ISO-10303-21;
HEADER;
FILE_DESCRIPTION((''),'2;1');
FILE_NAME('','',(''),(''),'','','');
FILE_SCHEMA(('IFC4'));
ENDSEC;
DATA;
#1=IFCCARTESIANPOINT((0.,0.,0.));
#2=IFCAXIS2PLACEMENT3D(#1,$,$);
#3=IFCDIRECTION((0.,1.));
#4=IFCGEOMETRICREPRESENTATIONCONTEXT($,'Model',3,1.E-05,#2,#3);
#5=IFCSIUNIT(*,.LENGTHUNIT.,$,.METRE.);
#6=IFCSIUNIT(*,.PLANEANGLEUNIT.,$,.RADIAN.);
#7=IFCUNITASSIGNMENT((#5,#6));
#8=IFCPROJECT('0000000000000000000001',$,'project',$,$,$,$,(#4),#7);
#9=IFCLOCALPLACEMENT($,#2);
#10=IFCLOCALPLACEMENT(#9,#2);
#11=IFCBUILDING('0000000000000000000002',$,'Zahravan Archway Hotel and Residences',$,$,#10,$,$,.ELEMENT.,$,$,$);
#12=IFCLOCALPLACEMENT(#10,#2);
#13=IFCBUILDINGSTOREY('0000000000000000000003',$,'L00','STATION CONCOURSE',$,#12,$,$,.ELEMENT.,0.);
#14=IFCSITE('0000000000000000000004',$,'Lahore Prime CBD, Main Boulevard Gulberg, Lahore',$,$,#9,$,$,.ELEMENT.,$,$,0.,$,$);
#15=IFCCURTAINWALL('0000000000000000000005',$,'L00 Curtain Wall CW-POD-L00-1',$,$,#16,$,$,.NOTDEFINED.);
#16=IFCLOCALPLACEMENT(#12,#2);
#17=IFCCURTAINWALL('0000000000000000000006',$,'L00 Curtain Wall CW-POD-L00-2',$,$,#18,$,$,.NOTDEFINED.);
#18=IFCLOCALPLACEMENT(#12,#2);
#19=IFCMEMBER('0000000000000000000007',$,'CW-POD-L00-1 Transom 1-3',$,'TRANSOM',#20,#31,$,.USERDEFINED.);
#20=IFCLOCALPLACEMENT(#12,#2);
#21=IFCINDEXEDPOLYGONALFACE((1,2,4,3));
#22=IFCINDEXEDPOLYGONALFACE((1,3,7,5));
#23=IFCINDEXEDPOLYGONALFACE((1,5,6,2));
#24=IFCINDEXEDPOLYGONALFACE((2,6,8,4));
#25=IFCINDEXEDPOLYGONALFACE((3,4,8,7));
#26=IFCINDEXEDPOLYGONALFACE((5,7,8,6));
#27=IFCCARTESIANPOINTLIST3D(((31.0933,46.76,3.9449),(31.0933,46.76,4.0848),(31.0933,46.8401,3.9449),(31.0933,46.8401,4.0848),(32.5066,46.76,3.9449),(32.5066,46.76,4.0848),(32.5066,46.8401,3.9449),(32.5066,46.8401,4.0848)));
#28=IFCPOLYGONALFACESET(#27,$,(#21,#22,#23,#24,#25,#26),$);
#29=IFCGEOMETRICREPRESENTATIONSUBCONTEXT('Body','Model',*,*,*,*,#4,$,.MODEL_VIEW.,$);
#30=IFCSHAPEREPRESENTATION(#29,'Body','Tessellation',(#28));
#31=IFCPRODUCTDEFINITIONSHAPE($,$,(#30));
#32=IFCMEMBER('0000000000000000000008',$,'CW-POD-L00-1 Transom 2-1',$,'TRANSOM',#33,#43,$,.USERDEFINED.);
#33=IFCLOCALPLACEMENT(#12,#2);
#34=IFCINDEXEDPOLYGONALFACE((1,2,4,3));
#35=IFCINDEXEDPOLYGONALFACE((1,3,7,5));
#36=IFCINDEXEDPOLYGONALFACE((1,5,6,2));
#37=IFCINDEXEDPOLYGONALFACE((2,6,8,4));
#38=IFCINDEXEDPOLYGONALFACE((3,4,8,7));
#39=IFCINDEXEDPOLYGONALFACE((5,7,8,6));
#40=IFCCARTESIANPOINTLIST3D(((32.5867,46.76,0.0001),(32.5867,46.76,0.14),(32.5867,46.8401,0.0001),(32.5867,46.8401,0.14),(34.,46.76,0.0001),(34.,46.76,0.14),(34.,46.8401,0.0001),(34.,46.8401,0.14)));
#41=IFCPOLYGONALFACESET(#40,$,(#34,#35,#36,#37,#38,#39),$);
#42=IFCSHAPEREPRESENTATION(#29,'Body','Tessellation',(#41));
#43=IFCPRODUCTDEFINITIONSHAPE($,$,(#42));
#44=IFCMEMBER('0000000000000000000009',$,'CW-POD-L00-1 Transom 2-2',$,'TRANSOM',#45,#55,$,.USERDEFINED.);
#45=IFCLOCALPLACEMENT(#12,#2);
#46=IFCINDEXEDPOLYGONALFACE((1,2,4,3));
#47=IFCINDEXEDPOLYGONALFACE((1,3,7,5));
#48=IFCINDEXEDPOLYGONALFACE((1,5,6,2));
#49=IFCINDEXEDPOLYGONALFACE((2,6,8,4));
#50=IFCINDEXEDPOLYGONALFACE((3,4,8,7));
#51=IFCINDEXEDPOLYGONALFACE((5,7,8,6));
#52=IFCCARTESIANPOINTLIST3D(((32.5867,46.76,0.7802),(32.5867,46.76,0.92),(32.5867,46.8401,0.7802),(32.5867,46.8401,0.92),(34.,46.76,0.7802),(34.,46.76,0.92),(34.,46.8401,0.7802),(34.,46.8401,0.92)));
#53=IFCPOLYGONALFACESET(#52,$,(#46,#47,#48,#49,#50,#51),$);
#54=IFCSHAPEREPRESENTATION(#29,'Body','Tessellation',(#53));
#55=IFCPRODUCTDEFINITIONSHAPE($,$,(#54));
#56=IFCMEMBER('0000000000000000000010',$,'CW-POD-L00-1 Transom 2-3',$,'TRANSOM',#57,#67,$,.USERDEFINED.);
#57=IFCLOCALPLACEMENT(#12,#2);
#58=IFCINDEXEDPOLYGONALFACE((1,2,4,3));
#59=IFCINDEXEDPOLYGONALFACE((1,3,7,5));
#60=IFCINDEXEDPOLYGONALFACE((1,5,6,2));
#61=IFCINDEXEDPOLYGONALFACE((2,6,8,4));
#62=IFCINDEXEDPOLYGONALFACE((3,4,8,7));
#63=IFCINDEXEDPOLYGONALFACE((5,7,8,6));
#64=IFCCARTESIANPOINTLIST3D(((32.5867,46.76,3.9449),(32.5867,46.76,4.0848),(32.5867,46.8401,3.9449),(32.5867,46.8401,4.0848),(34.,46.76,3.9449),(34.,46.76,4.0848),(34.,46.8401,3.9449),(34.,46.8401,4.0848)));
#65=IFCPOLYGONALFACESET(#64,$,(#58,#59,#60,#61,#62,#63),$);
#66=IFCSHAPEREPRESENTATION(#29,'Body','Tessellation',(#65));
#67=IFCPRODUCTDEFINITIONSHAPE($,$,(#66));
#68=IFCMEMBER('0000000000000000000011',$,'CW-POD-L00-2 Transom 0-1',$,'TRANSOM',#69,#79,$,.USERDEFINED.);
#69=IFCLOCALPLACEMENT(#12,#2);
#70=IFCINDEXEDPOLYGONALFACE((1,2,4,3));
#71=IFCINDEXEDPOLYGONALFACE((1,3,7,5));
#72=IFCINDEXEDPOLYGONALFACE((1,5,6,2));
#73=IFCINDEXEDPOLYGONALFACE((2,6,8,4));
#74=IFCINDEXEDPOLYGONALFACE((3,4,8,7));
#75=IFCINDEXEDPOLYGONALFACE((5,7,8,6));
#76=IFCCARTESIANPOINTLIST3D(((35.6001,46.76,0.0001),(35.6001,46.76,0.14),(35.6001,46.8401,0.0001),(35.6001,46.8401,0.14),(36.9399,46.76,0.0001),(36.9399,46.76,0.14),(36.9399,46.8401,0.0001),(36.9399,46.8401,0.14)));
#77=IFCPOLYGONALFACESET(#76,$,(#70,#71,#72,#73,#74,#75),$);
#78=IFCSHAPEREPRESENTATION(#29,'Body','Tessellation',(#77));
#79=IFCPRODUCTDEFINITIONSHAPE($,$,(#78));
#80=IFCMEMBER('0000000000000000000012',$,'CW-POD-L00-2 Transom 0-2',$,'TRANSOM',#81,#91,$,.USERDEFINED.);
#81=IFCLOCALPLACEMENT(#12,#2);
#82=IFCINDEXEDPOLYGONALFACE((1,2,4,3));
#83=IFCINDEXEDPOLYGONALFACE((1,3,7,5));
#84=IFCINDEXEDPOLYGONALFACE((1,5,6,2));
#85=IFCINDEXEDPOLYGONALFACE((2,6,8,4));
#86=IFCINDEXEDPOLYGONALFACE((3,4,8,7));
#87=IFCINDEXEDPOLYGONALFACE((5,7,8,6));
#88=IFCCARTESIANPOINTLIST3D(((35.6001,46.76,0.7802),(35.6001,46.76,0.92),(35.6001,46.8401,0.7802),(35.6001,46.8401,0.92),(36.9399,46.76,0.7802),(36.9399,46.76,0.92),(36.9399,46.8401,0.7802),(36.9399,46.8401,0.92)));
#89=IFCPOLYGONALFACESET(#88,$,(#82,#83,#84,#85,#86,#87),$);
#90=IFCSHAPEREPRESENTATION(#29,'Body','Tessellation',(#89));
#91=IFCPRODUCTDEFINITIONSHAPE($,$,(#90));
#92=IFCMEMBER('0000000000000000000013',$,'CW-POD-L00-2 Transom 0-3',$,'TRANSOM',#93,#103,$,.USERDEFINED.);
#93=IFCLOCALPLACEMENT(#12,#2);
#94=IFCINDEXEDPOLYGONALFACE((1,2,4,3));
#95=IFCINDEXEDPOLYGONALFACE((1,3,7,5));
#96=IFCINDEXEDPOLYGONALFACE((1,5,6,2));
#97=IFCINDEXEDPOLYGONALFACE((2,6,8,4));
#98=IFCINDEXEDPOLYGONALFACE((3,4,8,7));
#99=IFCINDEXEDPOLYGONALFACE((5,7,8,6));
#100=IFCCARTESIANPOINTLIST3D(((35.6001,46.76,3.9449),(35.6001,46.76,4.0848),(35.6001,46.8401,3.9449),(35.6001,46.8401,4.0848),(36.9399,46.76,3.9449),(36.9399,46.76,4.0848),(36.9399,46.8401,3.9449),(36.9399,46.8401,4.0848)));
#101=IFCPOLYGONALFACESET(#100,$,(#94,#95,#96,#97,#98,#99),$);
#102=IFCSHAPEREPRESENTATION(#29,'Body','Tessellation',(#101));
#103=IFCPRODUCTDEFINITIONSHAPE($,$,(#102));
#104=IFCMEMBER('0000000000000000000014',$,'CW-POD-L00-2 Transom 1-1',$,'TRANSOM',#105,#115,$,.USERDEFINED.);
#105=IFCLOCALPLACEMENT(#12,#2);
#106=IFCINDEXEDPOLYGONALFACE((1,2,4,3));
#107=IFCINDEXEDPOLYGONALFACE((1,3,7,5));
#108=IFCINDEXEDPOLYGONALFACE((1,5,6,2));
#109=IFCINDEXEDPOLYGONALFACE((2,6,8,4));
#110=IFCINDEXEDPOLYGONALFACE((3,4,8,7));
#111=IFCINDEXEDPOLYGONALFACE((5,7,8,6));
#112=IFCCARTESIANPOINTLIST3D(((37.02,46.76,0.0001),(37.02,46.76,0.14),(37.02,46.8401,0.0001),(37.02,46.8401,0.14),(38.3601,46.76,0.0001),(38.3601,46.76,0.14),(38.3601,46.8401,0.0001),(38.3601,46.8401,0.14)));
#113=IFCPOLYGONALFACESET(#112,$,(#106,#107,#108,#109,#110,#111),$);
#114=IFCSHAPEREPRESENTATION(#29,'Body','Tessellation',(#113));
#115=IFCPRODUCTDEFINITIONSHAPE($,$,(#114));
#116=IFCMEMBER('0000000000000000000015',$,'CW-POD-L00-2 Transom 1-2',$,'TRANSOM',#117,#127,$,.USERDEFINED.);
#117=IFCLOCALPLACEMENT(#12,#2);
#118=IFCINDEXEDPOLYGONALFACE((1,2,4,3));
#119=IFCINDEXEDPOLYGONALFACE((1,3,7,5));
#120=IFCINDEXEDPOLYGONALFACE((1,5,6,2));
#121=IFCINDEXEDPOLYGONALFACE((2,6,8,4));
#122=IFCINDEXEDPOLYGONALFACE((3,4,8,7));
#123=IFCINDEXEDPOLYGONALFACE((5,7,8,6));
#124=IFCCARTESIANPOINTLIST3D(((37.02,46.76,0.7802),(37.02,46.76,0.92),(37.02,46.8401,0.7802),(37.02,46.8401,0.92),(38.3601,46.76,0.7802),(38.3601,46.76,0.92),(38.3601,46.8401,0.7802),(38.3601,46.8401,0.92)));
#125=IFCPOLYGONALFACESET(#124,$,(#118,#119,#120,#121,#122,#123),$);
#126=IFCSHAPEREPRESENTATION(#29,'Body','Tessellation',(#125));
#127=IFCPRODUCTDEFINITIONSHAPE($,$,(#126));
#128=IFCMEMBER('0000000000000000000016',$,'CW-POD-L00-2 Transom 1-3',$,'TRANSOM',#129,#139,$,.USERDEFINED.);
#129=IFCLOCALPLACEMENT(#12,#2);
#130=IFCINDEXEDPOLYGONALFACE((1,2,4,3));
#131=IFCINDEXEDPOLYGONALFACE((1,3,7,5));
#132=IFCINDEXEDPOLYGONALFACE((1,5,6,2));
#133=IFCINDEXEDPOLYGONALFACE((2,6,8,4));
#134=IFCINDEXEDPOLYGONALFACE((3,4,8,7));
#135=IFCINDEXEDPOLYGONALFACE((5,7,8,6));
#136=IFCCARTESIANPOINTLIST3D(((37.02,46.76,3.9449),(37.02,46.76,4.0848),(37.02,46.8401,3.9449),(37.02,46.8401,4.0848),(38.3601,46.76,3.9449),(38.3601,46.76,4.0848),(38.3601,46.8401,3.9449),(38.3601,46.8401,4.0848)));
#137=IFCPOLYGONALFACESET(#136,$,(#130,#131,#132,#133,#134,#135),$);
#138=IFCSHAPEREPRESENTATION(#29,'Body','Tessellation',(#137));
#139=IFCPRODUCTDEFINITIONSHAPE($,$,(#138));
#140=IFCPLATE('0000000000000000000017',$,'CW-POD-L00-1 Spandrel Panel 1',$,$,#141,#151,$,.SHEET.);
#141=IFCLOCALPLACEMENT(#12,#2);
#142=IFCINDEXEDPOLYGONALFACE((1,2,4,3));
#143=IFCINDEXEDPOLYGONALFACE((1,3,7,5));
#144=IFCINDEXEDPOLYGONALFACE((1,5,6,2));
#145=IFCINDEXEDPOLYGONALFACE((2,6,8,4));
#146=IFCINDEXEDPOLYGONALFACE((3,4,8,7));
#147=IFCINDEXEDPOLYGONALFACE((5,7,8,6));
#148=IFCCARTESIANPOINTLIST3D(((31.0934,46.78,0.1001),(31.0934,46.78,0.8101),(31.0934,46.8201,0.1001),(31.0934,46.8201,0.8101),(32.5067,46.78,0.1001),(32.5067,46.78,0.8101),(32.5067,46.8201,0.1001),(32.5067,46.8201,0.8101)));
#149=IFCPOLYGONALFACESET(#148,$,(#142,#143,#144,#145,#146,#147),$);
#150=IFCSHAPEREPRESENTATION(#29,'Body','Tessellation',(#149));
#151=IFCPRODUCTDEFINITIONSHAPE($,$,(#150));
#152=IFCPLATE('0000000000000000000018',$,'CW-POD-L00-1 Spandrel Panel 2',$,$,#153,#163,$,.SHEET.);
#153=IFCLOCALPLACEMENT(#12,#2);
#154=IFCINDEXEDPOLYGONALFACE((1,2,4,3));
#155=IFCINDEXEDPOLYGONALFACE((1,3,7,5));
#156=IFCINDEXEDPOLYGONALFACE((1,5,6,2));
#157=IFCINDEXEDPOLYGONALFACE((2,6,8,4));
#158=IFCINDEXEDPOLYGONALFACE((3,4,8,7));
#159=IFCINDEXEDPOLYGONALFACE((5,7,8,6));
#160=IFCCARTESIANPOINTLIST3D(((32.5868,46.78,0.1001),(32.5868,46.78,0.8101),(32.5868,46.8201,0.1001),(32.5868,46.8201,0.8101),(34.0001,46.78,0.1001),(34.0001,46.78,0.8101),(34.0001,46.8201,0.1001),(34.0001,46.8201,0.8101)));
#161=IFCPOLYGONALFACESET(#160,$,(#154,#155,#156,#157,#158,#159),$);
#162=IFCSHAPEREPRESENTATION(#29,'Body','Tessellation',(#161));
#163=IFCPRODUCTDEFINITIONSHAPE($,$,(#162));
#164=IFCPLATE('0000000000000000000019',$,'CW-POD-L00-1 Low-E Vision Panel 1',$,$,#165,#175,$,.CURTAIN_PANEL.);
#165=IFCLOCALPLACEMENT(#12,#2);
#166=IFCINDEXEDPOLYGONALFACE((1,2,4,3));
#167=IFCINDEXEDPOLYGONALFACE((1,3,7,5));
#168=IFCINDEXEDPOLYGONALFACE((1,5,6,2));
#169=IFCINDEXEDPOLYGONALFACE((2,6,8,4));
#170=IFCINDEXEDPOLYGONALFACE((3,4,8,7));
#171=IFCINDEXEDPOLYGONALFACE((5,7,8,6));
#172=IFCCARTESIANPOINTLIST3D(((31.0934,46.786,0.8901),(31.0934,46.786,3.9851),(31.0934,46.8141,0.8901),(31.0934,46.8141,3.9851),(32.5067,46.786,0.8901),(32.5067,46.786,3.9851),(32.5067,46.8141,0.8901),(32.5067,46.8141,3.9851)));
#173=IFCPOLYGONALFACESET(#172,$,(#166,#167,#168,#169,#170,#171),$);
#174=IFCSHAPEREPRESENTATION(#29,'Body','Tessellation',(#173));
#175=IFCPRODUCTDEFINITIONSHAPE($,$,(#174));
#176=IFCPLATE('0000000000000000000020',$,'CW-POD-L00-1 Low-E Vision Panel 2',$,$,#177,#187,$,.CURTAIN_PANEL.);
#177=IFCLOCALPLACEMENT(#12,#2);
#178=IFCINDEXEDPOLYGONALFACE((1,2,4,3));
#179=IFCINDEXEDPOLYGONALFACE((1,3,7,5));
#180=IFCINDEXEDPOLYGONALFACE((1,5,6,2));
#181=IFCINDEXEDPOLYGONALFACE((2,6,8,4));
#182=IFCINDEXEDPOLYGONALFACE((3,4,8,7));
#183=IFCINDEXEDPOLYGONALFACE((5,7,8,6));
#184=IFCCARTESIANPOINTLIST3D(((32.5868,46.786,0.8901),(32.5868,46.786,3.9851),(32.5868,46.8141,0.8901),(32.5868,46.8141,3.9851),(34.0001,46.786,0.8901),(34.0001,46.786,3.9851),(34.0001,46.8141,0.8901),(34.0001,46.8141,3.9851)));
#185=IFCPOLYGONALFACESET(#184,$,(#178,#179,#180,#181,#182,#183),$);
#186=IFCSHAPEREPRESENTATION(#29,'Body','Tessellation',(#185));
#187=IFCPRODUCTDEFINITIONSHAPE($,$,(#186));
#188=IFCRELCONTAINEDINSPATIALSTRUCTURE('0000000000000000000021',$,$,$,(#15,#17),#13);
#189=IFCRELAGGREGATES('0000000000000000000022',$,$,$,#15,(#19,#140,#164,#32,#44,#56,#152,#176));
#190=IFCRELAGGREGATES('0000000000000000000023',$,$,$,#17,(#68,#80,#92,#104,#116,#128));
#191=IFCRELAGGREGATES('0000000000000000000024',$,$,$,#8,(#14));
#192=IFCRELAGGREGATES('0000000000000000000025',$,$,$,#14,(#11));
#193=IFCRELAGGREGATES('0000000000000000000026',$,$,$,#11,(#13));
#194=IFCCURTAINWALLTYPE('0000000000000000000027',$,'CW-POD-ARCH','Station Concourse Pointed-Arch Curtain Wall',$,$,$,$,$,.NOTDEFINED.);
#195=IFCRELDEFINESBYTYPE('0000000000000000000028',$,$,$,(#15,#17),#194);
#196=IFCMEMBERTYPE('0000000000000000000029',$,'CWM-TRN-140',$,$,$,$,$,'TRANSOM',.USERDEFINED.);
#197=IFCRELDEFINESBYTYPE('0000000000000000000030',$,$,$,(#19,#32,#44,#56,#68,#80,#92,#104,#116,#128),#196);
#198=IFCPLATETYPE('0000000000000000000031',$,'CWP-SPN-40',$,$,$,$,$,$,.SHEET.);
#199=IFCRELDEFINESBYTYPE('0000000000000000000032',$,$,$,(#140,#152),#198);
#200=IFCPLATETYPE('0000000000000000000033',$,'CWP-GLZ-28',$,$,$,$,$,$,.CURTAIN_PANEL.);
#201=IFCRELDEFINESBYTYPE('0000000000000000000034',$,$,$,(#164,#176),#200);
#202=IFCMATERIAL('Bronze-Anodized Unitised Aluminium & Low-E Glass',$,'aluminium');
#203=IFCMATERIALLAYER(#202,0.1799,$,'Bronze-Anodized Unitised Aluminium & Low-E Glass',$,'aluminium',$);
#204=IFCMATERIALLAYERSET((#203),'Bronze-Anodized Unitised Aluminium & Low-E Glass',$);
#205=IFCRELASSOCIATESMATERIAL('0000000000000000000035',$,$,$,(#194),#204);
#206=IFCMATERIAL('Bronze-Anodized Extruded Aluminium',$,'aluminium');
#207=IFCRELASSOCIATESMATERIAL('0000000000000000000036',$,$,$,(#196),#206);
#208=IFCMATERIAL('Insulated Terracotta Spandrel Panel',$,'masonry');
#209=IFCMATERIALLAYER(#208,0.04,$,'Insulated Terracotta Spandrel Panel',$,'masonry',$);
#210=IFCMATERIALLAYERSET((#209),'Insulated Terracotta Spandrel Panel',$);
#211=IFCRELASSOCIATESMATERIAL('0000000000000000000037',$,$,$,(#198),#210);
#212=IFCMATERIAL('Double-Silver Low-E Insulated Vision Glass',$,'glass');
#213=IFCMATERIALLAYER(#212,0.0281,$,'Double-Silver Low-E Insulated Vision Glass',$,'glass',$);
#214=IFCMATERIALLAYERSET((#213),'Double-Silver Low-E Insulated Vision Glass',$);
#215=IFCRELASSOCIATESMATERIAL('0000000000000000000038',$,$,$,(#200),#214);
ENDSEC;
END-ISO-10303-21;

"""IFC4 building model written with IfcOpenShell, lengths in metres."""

from ifc_helpers import new_model, si_unit, direction, frame, origin, origin_2d, place, context, subcontext, project, spatial, rectangle, extrude, source, transform, mapped, material, layer, layer_set, material_profile, profile_set, type_object, type_shapes, element, aggregate, save


model = new_model("IFC4")

# Units and contexts
model_context = context("Model", 3, precision=1e-05, world=origin(), true_north=direction((0.0, 1.0)))
body_context = subcontext(model_context, "Body", "Model", "MODEL_VIEW")
ifc_project = project(units=[si_unit("LENGTHUNIT", "METRE"), si_unit("PLANEANGLEUNIT", "RADIAN")], contexts=[model_context])

# Site, building, storey
site_placement = place(None, origin())
site = spatial("IfcSite", under=ifc_project, at=site_placement, Name="Lahore Prime CBD, Main Boulevard Gulberg, Lahore", CompositionType="ELEMENT", RefElevation=0.0)
building_placement = place(site_placement, origin())
building = spatial("IfcBuilding", under=site, at=building_placement, Name="Zahravan Archway Hotel and Residences", CompositionType="ELEMENT")
storey_placement = place(building_placement, origin())
storey = spatial("IfcBuildingStorey", under=building, at=storey_placement, Name="L00", Description="STATION CONCOURSE", CompositionType="ELEMENT", Elevation=0.0)

# Curtain walls
ifc_material_1 = material(Name="Bronze-Anodized Unitised Aluminium & Low-E Glass", Category="aluminium")
ifc_layer_1 = layer(ifc_material_1, 0.1799, Name="Bronze-Anodized Unitised Aluminium & Low-E Glass", Category="aluminium")
ifc_layer_set_1 = layer_set([ifc_layer_1], Name="Bronze-Anodized Unitised Aluminium & Low-E Glass")
curtain_wall_type = type_object("IfcCurtainWallType", Name="CW-POD-ARCH", Description="Station Concourse Pointed-Arch Curtain Wall", PredefinedType="NOTDEFINED", material=ifc_layer_set_1)
curtain_wall_1_placement = place(storey_placement, origin())
curtain_wall_1 = element("IfcCurtainWall", 1, at=curtain_wall_1_placement, inside=storey, type_object=curtain_wall_type, Name="L00 Curtain Wall CW-POD-L00-1", PredefinedType="NOTDEFINED")
ifc_material_2 = material(Name="Bronze-Anodized Extruded Aluminium", Category="aluminium")
curtain_wall_2_placement = place(storey_placement, origin())
curtain_wall_2 = element("IfcCurtainWall", 2, at=curtain_wall_2_placement, inside=storey, type_object=curtain_wall_type, Name="L00 Curtain Wall CW-POD-L00-2", PredefinedType="NOTDEFINED")

# Members
ifc_material_profile_1 = material_profile(ifc_material_2, rectangle(XDim=0.0801, YDim=0.1399, at=origin_2d()), Name="TRN 80x140", Category="aluminium")
ifc_profile_set_1 = profile_set([ifc_material_profile_1], Name="Bronze-Anodized Extruded Aluminium")
member_type_1 = type_object("IfcMemberType", Name="CWM-TRN-140", ElementType="TRANSOM", PredefinedType="USERDEFINED", material=ifc_profile_set_1)
shared_shape_1 = source(origin(), body_context, "Body", "SweptSolid", [
    extrude(rectangle(XDim=0.0801, YDim=0.1399, at=origin_2d()), origin(), (0.0, 0.0, 1.0), 1.4133),
])
member_1_placement = place(storey_placement, frame((31.0933, 46.8, 4.0149), z_axis=(1.0, 0.0, 0.0), x_axis=(0.0, 1.0, 0.0)))
member_1 = element("IfcMember", 3, at=member_1_placement, type_object=member_type_1, Name="CW-POD-L00-1 Transom 1-3", ObjectType="TRANSOM", PredefinedType="USERDEFINED", context=body_context, shape_type="MappedRepresentation", body=[
    mapped(shared_shape_1, transform((0.0, 0.0, 0.0), scale=1.0)),
])
member_2_placement = place(storey_placement, frame((32.5867, 46.8, 0.0701), z_axis=(1.0, 0.0, 0.0), x_axis=(0.0, 1.0, 0.0)))
member_2 = element("IfcMember", 4, at=member_2_placement, type_object=member_type_1, Name="CW-POD-L00-1 Transom 2-1", ObjectType="TRANSOM", PredefinedType="USERDEFINED", context=body_context, shape_type="MappedRepresentation", body=[
    mapped(shared_shape_1, transform((0.0, 0.0, 0.0), scale=1.0)),
])
member_3_placement = place(storey_placement, frame((32.5867, 46.8, 0.8501), z_axis=(1.0, 0.0, 0.0), x_axis=(0.0, 1.0, 0.0)))
member_3 = element("IfcMember", 5, at=member_3_placement, type_object=member_type_1, Name="CW-POD-L00-1 Transom 2-2", ObjectType="TRANSOM", PredefinedType="USERDEFINED", context=body_context, shape_type="MappedRepresentation", body=[
    mapped(shared_shape_1, transform((0.0, 0.0, 0.0), scale=1.0)),
])
member_4_placement = place(storey_placement, frame((32.5867, 46.8, 4.0149), z_axis=(1.0, 0.0, 0.0), x_axis=(0.0, 1.0, 0.0)))
member_4 = element("IfcMember", 6, at=member_4_placement, type_object=member_type_1, Name="CW-POD-L00-1 Transom 2-3", ObjectType="TRANSOM", PredefinedType="USERDEFINED", context=body_context, shape_type="MappedRepresentation", body=[
    mapped(shared_shape_1, transform((0.0, 0.0, 0.0), scale=1.0)),
])
shared_shape_2 = source(origin(), body_context, "Body", "SweptSolid", [
    extrude(rectangle(XDim=0.0801, YDim=0.1399, at=origin_2d()), origin(), (0.0, 0.0, 1.0), 1.3398),
])
member_5_placement = place(storey_placement, frame((35.6001, 46.8, 0.0701), z_axis=(1.0, 0.0, 0.0), x_axis=(0.0, 1.0, 0.0)))
member_5 = element("IfcMember", 7, at=member_5_placement, type_object=member_type_1, Name="CW-POD-L00-2 Transom 0-1", ObjectType="TRANSOM", PredefinedType="USERDEFINED", context=body_context, shape_type="MappedRepresentation", body=[
    mapped(shared_shape_2, transform((0.0, 0.0, 0.0), scale=1.0)),
])
member_6_placement = place(storey_placement, frame((35.6001, 46.8, 0.8501), z_axis=(1.0, 0.0, 0.0), x_axis=(0.0, 1.0, 0.0)))
member_6 = element("IfcMember", 8, at=member_6_placement, type_object=member_type_1, Name="CW-POD-L00-2 Transom 0-2", ObjectType="TRANSOM", PredefinedType="USERDEFINED", context=body_context, shape_type="MappedRepresentation", body=[
    mapped(shared_shape_2, transform((0.0, 0.0, 0.0), scale=1.0)),
])
member_7_placement = place(storey_placement, frame((35.6001, 46.8, 4.0149), z_axis=(1.0, 0.0, 0.0), x_axis=(0.0, 1.0, 0.0)))
member_7 = element("IfcMember", 9, at=member_7_placement, type_object=member_type_1, Name="CW-POD-L00-2 Transom 0-3", ObjectType="TRANSOM", PredefinedType="USERDEFINED", context=body_context, shape_type="MappedRepresentation", body=[
    mapped(shared_shape_2, transform((0.0, 0.0, 0.0), scale=1.0)),
])
shared_shape_3 = source(origin(), body_context, "Body", "SweptSolid", [
    extrude(rectangle(XDim=0.0801, YDim=0.1399, at=origin_2d()), origin(), (0.0, 0.0, 1.0), 1.3401),
])
member_8_placement = place(storey_placement, frame((37.02, 46.8, 0.0701), z_axis=(1.0, 0.0, 0.0), x_axis=(0.0, 1.0, 0.0)))
member_8 = element("IfcMember", 10, at=member_8_placement, type_object=member_type_1, Name="CW-POD-L00-2 Transom 1-1", ObjectType="TRANSOM", PredefinedType="USERDEFINED", context=body_context, shape_type="MappedRepresentation", body=[
    mapped(shared_shape_3, transform((0.0, 0.0, 0.0), scale=1.0)),
])
member_9_placement = place(storey_placement, frame((37.02, 46.8, 0.8501), z_axis=(1.0, 0.0, 0.0), x_axis=(0.0, 1.0, 0.0)))
member_9 = element("IfcMember", 11, at=member_9_placement, type_object=member_type_1, Name="CW-POD-L00-2 Transom 1-2", ObjectType="TRANSOM", PredefinedType="USERDEFINED", context=body_context, shape_type="MappedRepresentation", body=[
    mapped(shared_shape_3, transform((0.0, 0.0, 0.0), scale=1.0)),
])
member_10_placement = place(storey_placement, frame((37.02, 46.8, 4.0149), z_axis=(1.0, 0.0, 0.0), x_axis=(0.0, 1.0, 0.0)))
member_10 = element("IfcMember", 12, at=member_10_placement, type_object=member_type_1, Name="CW-POD-L00-2 Transom 1-3", ObjectType="TRANSOM", PredefinedType="USERDEFINED", context=body_context, shape_type="MappedRepresentation", body=[
    mapped(shared_shape_3, transform((0.0, 0.0, 0.0), scale=1.0)),
])

# Plates
ifc_material_3 = material(Name="Insulated Terracotta Spandrel Panel", Category="masonry")
ifc_layer_2 = layer(ifc_material_3, 0.04, Name="Insulated Terracotta Spandrel Panel", Category="masonry")
ifc_layer_set_2 = layer_set([ifc_layer_2], Name="Insulated Terracotta Spandrel Panel")
plate_type_1 = type_object("IfcPlateType", Name="CWP-SPN-40", PredefinedType="SHEET", material=ifc_layer_set_2)
shared_shape_4 = source(origin(), body_context, "Body", "SweptSolid", [
    extrude(rectangle(XDim=1.4133, YDim=0.04, at=origin_2d()), origin(), (0.0, 0.0, 1.0), 0.71),
])
type_shapes(plate_type_1, [shared_shape_4])
plate_1_placement = place(storey_placement, frame((31.8, 46.8, 0.1001), z_axis=(0.0, 0.0, 1.0), x_axis=(1.0, 0.0, 0.0)))
plate_1 = element("IfcPlate", 13, at=plate_1_placement, type_object=plate_type_1, Name="CW-POD-L00-1 Spandrel Panel 1", PredefinedType="SHEET", context=body_context, shape_type="MappedRepresentation", body=[
    mapped(shared_shape_4, transform((0.0, 0.0, 0.0), scale=1.0)),
])
plate_2_placement = place(storey_placement, frame((33.2935, 46.8, 0.1001), z_axis=(0.0, 0.0, 1.0), x_axis=(1.0, 0.0, 0.0)))
plate_2 = element("IfcPlate", 14, at=plate_2_placement, type_object=plate_type_1, Name="CW-POD-L00-1 Spandrel Panel 2", PredefinedType="SHEET", context=body_context, shape_type="MappedRepresentation", body=[
    mapped(shared_shape_4, transform((0.0, 0.0, 0.0), scale=1.0)),
])
ifc_material_4 = material(Name="Double-Silver Low-E Insulated Vision Glass", Category="glass")
ifc_layer_3 = layer(ifc_material_4, 0.0281, Name="Double-Silver Low-E Insulated Vision Glass", Category="glass")
ifc_layer_set_3 = layer_set([ifc_layer_3], Name="Double-Silver Low-E Insulated Vision Glass")
plate_type_2 = type_object("IfcPlateType", Name="CWP-GLZ-28", PredefinedType="CURTAIN_PANEL", material=ifc_layer_set_3)
shared_shape_5 = source(origin(), body_context, "Body", "SweptSolid", [
    extrude(rectangle(XDim=1.4133, YDim=0.0281, at=origin_2d()), origin(), (0.0, 0.0, 1.0), 3.095),
])
type_shapes(plate_type_2, [shared_shape_5])
plate_3_placement = place(storey_placement, frame((31.8, 46.8, 0.8901), z_axis=(0.0, 0.0, 1.0), x_axis=(1.0, 0.0, 0.0)))
plate_3 = element("IfcPlate", 15, at=plate_3_placement, type_object=plate_type_2, Name="CW-POD-L00-1 Low-E Vision Panel 1", PredefinedType="CURTAIN_PANEL", context=body_context, shape_type="MappedRepresentation", body=[
    mapped(shared_shape_5, transform((0.0, 0.0, 0.0), scale=1.0)),
])
plate_4_placement = place(storey_placement, frame((33.2935, 46.8, 0.8901), z_axis=(0.0, 0.0, 1.0), x_axis=(1.0, 0.0, 0.0)))
plate_4 = element("IfcPlate", 16, at=plate_4_placement, type_object=plate_type_2, Name="CW-POD-L00-1 Low-E Vision Panel 2", PredefinedType="CURTAIN_PANEL", context=body_context, shape_type="MappedRepresentation", body=[
    mapped(shared_shape_5, transform((0.0, 0.0, 0.0), scale=1.0)),
])
aggregate(curtain_wall_1, [member_1, plate_1, plate_3, member_2, member_3, member_4, plate_2, plate_4])
aggregate(curtain_wall_2, [member_5, member_6, member_7, member_8, member_9, member_10])

save(model, "model.ifc")
